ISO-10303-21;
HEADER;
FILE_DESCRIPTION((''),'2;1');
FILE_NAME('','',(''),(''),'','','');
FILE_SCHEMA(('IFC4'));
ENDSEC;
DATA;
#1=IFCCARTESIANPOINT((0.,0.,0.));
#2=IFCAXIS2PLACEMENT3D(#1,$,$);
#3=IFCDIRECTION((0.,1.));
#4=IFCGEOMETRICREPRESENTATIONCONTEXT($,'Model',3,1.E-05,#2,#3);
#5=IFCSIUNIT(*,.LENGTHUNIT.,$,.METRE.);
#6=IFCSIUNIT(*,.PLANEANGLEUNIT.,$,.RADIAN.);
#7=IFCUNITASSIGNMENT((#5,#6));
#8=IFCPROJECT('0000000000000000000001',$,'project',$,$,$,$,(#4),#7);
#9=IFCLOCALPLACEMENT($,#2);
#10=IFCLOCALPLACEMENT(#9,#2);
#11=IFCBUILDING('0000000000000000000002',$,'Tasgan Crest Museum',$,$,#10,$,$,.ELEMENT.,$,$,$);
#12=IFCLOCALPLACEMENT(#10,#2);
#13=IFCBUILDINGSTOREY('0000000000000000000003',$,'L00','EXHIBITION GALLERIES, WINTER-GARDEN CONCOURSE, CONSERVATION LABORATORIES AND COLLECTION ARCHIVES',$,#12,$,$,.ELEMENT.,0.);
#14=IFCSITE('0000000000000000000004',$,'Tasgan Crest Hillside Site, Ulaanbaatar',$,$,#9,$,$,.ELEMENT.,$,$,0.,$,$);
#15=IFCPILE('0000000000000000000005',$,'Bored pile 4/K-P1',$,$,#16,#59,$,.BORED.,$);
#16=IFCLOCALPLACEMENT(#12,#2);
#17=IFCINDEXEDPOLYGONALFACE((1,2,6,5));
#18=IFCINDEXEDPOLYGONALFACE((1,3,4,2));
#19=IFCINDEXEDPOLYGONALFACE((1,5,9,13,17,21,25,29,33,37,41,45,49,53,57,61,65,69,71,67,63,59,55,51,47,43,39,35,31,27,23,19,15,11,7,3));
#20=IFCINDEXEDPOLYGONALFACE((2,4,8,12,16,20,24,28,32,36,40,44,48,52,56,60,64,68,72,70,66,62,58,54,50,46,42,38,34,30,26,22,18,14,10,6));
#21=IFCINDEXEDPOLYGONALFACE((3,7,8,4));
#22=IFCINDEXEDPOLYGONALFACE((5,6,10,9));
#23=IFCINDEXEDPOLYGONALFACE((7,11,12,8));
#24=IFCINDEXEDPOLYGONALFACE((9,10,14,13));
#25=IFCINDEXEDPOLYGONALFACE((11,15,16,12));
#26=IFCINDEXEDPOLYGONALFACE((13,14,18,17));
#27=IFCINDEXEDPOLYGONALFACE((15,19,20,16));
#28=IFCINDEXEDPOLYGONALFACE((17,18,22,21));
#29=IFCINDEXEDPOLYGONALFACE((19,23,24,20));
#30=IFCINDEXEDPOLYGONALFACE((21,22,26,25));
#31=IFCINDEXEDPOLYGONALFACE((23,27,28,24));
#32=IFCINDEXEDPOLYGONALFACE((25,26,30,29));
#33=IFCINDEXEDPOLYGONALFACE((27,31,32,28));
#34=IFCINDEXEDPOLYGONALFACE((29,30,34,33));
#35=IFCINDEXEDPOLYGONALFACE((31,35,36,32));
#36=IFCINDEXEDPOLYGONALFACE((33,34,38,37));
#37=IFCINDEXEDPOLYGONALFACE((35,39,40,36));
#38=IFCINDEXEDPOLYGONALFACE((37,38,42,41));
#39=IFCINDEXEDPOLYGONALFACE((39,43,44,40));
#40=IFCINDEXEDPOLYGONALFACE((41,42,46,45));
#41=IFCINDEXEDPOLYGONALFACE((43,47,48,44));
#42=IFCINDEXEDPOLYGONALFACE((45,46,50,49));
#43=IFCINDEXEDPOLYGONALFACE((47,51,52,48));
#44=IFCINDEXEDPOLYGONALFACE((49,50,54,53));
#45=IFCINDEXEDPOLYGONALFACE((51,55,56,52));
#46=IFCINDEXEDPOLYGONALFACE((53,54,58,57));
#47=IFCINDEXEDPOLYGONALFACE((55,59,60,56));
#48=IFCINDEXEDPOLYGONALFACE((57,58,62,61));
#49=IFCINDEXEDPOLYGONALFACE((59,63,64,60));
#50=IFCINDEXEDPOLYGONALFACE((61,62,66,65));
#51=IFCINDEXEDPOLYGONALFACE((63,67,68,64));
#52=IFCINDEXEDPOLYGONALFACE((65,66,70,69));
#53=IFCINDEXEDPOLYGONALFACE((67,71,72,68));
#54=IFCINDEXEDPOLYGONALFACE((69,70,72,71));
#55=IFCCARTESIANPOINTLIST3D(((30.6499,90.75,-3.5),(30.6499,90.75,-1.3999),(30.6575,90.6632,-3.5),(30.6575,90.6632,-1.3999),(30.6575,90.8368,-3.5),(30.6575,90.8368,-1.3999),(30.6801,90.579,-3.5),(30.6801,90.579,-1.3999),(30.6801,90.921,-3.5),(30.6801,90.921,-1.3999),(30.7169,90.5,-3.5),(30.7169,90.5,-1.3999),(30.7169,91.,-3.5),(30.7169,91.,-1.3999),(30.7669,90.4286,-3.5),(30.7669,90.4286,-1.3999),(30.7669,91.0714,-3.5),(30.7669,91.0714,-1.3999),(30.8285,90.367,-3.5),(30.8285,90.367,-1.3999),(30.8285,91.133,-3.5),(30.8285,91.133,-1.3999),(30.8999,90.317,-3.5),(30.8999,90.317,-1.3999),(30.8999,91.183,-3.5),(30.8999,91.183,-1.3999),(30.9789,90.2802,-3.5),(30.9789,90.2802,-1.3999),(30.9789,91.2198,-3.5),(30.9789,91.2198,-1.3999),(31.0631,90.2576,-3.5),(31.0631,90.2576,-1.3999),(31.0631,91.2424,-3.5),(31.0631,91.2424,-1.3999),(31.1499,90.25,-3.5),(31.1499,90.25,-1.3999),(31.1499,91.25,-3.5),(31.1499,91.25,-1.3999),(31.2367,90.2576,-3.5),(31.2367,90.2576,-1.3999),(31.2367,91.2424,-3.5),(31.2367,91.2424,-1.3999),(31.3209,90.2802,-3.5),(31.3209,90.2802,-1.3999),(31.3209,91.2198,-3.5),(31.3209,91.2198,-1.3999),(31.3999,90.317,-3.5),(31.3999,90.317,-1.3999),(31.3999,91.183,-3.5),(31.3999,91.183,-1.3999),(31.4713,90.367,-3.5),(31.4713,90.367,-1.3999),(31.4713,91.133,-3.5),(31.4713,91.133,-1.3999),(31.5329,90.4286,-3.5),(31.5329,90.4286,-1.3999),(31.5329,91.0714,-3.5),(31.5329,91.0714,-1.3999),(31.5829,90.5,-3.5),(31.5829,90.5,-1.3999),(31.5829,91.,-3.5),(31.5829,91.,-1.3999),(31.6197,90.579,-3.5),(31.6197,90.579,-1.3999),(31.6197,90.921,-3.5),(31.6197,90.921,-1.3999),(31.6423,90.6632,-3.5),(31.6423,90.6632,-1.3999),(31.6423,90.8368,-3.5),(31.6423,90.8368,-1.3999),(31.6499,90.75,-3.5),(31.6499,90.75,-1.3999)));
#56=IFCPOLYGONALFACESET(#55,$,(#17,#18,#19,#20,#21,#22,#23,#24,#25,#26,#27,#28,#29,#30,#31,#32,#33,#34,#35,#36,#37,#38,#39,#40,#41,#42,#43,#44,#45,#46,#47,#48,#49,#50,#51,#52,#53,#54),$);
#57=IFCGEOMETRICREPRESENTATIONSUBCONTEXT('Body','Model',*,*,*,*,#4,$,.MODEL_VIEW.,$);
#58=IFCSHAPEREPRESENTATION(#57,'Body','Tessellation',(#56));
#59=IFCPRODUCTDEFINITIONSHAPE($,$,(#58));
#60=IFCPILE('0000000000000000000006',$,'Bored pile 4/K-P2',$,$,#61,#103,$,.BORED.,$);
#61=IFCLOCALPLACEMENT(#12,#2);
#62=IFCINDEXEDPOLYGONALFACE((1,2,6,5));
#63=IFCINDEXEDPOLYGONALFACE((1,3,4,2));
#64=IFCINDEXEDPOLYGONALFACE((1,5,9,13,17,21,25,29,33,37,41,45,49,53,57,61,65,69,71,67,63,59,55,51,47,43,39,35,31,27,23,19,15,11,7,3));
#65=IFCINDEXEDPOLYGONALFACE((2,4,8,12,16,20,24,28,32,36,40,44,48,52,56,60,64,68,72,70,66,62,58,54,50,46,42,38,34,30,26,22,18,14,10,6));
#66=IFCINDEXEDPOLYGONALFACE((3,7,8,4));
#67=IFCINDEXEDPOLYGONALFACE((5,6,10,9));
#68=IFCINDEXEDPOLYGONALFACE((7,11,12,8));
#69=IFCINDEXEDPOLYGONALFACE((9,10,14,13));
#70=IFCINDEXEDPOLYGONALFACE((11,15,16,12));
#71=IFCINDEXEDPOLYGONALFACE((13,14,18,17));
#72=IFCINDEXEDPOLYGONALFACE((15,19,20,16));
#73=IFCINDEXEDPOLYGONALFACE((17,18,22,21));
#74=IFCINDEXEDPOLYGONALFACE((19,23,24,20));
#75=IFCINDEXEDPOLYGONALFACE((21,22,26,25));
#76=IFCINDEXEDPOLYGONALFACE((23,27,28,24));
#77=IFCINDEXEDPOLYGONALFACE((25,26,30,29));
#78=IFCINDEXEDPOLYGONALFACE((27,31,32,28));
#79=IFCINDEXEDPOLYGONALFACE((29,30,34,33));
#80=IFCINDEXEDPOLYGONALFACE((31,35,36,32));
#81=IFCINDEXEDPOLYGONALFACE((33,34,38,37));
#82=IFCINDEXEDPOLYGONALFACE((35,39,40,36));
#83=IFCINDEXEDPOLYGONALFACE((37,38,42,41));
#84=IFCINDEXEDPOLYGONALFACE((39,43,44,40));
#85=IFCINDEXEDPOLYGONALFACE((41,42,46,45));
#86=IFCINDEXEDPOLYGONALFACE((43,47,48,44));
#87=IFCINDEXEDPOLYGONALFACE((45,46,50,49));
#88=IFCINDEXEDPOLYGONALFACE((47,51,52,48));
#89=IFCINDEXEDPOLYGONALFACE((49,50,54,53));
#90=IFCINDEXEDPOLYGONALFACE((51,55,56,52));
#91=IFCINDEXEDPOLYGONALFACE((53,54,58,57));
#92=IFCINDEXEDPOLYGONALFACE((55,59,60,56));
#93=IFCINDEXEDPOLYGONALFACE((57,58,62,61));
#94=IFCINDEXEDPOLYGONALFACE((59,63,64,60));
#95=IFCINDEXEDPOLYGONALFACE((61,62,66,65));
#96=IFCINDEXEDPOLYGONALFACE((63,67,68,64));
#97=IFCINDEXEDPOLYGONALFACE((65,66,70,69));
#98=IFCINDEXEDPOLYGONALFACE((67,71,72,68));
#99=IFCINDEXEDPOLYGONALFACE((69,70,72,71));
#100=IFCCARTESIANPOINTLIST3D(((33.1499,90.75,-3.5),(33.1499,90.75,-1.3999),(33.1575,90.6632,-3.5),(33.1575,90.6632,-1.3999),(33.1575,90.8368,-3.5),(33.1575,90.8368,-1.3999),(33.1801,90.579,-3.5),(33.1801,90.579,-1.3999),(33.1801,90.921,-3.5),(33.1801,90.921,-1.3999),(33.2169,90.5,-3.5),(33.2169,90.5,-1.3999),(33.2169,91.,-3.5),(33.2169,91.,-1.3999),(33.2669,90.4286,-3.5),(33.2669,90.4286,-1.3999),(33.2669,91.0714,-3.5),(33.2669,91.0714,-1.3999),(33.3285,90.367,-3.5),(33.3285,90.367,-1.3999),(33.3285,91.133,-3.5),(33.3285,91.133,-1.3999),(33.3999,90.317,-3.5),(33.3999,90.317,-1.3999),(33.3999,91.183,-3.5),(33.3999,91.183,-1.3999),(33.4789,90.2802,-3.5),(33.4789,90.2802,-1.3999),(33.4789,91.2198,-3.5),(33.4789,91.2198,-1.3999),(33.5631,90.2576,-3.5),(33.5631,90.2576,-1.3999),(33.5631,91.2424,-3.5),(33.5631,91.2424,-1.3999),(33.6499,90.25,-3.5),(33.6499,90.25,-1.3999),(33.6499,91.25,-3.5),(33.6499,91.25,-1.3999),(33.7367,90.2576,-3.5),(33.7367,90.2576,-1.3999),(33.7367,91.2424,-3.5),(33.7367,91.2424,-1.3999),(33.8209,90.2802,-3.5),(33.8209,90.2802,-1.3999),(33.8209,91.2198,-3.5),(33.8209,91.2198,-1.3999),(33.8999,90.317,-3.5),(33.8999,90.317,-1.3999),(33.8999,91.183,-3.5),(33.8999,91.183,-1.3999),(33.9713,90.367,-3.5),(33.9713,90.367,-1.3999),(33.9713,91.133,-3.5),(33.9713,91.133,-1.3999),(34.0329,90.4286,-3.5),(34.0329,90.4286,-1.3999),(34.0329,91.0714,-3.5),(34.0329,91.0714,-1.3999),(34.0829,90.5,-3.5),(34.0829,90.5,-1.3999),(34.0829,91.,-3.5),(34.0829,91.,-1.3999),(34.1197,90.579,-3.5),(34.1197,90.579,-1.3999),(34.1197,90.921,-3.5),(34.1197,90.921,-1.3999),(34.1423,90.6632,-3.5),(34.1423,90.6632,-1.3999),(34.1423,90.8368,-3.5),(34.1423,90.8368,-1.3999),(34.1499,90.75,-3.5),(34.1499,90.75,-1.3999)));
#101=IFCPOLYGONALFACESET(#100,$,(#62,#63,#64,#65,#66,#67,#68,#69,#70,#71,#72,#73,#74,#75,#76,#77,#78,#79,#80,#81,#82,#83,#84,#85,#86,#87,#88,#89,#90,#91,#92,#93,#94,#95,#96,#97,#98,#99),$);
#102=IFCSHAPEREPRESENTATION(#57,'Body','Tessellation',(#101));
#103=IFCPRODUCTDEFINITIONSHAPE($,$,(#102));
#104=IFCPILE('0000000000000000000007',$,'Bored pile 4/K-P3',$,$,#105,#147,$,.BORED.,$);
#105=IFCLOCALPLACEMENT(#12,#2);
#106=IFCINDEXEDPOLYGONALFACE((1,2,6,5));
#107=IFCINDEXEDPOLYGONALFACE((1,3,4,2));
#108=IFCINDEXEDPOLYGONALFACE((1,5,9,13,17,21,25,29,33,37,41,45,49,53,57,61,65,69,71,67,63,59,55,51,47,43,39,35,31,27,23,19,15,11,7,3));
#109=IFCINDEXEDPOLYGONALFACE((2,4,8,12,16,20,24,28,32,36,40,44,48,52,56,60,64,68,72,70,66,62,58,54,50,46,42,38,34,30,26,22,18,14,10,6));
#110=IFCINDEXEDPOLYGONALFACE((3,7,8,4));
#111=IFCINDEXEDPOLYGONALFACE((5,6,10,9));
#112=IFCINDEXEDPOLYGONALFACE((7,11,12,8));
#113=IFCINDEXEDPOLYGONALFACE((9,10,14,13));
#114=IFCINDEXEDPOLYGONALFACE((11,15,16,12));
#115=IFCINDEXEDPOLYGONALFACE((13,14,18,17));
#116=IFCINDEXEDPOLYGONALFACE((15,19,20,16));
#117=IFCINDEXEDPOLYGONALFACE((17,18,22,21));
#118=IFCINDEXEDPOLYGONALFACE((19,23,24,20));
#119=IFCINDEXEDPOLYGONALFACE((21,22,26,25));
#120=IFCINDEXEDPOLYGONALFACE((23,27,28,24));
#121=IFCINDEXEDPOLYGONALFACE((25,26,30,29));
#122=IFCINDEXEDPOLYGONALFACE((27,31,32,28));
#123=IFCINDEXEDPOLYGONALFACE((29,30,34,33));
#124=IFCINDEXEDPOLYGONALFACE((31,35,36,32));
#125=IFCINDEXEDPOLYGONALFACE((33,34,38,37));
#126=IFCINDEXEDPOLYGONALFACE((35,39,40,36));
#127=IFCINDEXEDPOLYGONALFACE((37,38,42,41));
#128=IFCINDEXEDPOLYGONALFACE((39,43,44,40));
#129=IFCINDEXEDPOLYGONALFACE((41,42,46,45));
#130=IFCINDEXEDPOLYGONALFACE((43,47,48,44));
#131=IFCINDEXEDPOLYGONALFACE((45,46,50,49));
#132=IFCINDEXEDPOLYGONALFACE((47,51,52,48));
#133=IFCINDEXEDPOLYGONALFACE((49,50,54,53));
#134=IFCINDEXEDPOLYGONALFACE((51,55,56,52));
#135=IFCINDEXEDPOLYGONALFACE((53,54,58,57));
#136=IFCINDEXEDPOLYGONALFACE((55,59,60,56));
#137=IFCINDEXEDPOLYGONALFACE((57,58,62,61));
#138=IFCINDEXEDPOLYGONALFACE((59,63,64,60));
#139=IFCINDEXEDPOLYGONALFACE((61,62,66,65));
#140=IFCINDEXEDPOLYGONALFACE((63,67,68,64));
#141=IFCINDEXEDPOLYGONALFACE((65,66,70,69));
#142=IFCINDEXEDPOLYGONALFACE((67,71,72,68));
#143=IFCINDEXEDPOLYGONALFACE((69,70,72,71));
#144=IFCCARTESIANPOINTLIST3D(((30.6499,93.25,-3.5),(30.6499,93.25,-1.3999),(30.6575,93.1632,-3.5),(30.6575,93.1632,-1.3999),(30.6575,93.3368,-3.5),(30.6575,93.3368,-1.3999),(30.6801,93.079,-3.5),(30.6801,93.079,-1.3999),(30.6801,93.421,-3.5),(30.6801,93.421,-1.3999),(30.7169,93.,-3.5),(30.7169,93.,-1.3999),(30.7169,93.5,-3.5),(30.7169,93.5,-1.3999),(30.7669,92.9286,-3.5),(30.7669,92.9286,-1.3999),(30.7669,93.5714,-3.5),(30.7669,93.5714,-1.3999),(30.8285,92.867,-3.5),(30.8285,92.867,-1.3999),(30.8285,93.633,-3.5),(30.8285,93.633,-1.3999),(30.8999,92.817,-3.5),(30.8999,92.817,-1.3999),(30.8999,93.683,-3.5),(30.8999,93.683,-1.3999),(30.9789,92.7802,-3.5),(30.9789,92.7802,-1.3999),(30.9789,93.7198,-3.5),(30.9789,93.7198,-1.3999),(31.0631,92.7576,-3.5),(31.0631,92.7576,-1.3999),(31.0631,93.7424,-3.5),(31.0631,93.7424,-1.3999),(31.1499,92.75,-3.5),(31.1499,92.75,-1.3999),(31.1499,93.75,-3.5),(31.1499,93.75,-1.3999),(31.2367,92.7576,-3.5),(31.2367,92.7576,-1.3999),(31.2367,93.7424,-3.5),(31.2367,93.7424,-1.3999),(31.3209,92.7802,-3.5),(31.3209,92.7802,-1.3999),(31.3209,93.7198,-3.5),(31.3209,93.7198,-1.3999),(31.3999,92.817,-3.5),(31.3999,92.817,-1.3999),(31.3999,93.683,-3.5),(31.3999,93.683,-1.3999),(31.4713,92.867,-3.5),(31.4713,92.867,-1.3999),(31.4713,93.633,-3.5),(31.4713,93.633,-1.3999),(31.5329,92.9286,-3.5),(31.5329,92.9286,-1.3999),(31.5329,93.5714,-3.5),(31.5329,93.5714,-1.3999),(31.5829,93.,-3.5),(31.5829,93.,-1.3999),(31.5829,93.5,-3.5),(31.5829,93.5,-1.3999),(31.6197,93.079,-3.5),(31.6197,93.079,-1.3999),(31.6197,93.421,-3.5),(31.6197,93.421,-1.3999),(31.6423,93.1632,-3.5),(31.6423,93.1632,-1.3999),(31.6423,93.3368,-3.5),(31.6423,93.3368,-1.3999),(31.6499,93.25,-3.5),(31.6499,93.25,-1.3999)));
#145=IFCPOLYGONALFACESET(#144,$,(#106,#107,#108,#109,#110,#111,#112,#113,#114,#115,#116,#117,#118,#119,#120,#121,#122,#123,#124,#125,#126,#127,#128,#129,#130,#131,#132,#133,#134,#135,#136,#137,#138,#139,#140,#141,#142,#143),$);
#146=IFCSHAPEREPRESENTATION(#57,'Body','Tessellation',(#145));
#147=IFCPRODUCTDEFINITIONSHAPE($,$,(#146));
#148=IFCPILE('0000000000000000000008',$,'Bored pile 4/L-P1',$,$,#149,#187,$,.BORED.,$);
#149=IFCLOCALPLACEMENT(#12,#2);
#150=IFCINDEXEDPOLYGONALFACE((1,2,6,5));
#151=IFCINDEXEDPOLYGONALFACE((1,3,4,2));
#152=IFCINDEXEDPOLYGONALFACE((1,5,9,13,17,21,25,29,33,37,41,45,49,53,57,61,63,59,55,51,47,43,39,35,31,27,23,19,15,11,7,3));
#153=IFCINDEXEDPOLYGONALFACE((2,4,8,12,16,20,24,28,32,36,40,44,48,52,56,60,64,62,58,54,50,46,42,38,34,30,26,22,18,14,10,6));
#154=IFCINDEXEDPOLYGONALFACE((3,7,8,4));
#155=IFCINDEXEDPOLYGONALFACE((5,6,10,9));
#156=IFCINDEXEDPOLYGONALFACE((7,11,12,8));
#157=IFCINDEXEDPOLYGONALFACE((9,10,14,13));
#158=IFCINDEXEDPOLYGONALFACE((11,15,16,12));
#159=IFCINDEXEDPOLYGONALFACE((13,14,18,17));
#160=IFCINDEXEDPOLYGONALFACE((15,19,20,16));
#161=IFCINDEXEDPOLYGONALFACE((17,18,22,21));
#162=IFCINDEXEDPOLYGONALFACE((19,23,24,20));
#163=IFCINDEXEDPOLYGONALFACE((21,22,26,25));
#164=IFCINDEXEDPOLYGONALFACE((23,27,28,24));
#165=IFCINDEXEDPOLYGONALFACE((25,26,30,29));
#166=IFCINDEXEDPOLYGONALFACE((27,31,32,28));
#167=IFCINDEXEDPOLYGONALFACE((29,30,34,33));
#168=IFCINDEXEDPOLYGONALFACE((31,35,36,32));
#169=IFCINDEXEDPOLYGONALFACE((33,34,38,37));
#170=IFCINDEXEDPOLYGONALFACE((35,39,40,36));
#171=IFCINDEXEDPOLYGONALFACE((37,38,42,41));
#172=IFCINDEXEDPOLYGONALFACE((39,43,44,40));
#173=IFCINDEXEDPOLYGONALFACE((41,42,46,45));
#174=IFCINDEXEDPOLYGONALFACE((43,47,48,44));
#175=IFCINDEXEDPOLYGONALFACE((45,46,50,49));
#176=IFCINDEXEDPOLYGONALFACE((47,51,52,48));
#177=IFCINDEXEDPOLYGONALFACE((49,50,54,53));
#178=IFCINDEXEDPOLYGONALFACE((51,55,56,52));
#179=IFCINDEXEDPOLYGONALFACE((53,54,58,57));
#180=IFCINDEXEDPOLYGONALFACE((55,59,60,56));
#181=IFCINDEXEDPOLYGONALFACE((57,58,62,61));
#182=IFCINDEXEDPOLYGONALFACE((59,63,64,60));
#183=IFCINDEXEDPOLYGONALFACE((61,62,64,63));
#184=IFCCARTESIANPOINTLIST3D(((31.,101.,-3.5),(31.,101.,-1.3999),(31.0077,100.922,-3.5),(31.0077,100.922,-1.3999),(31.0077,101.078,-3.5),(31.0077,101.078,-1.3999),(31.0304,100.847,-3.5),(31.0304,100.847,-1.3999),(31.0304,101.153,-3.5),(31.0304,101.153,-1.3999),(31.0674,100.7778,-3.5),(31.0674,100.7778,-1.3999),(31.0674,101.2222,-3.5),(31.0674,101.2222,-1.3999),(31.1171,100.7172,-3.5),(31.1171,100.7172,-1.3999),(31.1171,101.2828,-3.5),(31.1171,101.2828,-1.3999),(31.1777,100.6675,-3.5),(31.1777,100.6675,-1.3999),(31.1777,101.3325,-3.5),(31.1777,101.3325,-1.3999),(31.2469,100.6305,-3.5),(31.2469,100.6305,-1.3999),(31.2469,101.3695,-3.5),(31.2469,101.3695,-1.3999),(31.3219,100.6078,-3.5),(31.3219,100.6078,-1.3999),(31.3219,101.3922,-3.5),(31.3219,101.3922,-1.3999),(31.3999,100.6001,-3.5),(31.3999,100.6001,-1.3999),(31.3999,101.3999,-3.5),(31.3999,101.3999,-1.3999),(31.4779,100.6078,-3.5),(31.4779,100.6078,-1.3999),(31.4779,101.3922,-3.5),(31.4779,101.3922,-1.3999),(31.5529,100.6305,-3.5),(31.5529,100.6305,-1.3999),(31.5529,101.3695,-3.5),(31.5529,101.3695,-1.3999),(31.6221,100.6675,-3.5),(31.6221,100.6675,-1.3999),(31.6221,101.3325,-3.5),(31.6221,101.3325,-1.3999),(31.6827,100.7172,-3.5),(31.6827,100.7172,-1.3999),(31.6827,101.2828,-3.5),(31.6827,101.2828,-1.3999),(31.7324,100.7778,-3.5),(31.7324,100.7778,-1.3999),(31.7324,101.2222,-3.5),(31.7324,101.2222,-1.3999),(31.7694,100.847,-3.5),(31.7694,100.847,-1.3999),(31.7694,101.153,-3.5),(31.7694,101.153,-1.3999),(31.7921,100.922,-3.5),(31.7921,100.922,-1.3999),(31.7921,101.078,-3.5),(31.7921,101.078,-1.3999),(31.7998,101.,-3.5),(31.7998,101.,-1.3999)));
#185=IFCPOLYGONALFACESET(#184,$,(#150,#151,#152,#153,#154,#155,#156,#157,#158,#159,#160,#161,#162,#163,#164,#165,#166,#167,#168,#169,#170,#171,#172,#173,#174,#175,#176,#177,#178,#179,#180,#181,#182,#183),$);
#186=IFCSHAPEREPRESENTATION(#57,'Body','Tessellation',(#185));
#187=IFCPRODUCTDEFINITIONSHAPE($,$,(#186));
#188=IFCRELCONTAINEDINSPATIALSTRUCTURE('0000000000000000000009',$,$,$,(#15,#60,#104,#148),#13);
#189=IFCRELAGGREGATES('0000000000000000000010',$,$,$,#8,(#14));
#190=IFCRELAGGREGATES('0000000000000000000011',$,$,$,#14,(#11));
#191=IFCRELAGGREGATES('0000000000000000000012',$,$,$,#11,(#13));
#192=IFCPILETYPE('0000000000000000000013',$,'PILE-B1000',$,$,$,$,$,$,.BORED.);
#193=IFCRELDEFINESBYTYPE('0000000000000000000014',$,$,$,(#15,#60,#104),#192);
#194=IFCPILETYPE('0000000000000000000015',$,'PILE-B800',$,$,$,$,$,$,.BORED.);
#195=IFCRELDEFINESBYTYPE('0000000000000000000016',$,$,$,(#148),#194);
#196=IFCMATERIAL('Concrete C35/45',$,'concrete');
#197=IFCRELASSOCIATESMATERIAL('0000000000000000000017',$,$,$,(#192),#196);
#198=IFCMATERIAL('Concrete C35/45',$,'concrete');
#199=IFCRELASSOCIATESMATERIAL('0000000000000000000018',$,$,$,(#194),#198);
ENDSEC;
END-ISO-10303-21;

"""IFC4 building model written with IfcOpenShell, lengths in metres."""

from ifc_helpers import new_model, si_unit, direction, frame, origin, origin_2d, place, context, subcontext, project, spatial, circle, extrude, material, material_profile, profile_set, type_object, element, save


model = new_model("IFC4")

# Units and contexts
model_context = context("Model", 3, precision=1e-05, world=origin(), true_north=direction((0.0, 1.0)))
body_context = subcontext(model_context, "Body", "Model", "MODEL_VIEW")
ifc_project = project(units=[si_unit("LENGTHUNIT", "METRE"), si_unit("PLANEANGLEUNIT", "RADIAN")], contexts=[model_context])

# Site, building, storey
site_placement = place(None, origin())
site = spatial("IfcSite", under=ifc_project, at=site_placement, Name="Tasgan Crest Hillside Site, Ulaanbaatar", CompositionType="ELEMENT", RefElevation=0.0)
building_placement = place(site_placement, origin())
building = spatial("IfcBuilding", under=site, at=building_placement, Name="Tasgan Crest Museum", CompositionType="ELEMENT")
storey_placement = place(building_placement, origin())
storey = spatial("IfcBuildingStorey", under=building, at=storey_placement, Name="L00", Description="EXHIBITION GALLERIES, WINTER-GARDEN CONCOURSE, CONSERVATION LABORATORIES AND COLLECTION ARCHIVES", CompositionType="ELEMENT", Elevation=0.0)

# Piles
ifc_material_1 = material(Name="Concrete C35/45", Category="concrete")
ifc_material_profile_1 = material_profile(ifc_material_1, circle(Radius=0.5, at=origin_2d()), Name="PILE D1000")
ifc_profile_set_1 = profile_set([ifc_material_profile_1], Name="Concrete C35/45")
pile_type_1 = type_object("IfcPileType", Name="PILE-B1000", PredefinedType="BORED", material=ifc_profile_set_1)
for number, where, z_axis, x_axis, name in (
    (1, (31.1499, 90.75, -1.3999), (0.0, 0.0, -1.0), (1.0, 0.0, 0.0), "Bored pile 4/K-P1"),
    (2, (33.6499, 90.75, -1.3999), (0.0, 0.0, -1.0), (1.0, 0.0, 0.0), "Bored pile 4/K-P2"),
    (3, (31.1499, 93.25, -1.3999), (0.0, 0.0, -1.0), (1.0, 0.0, 0.0), "Bored pile 4/K-P3"),
):
    element("IfcPile", number, at=place(storey_placement, frame(where, z_axis=z_axis, x_axis=x_axis)), inside=storey, type_object=pile_type_1, Name=name, PredefinedType="BORED", context=body_context, shape_type="SweptSolid", body=[
        extrude(circle(Radius=0.5, at=origin_2d()), origin(), (0.0, 0.0, 1.0), 2.1001),
    ])
ifc_material_2 = material(Name="Concrete C35/45", Category="concrete")
ifc_material_profile_2 = material_profile(ifc_material_2, circle(Radius=0.3999, at=origin_2d()), Name="PILE D800")
ifc_profile_set_2 = profile_set([ifc_material_profile_2], Name="Concrete C35/45")
pile_type_2 = type_object("IfcPileType", Name="PILE-B800", PredefinedType="BORED", material=ifc_profile_set_2)
pile_placement = place(storey_placement, frame((31.3999, 101.0, -1.3999), z_axis=(0.0, 0.0, -1.0), x_axis=(1.0, 0.0, 0.0)))
element("IfcPile", 4, at=pile_placement, inside=storey, type_object=pile_type_2, Name="Bored pile 4/L-P1", PredefinedType="BORED", context=body_context, shape_type="SweptSolid", body=[
    extrude(circle(Radius=0.3999, at=origin_2d()), origin(), (0.0, 0.0, 1.0), 2.1001),
])

save(model, "model.ifc")
